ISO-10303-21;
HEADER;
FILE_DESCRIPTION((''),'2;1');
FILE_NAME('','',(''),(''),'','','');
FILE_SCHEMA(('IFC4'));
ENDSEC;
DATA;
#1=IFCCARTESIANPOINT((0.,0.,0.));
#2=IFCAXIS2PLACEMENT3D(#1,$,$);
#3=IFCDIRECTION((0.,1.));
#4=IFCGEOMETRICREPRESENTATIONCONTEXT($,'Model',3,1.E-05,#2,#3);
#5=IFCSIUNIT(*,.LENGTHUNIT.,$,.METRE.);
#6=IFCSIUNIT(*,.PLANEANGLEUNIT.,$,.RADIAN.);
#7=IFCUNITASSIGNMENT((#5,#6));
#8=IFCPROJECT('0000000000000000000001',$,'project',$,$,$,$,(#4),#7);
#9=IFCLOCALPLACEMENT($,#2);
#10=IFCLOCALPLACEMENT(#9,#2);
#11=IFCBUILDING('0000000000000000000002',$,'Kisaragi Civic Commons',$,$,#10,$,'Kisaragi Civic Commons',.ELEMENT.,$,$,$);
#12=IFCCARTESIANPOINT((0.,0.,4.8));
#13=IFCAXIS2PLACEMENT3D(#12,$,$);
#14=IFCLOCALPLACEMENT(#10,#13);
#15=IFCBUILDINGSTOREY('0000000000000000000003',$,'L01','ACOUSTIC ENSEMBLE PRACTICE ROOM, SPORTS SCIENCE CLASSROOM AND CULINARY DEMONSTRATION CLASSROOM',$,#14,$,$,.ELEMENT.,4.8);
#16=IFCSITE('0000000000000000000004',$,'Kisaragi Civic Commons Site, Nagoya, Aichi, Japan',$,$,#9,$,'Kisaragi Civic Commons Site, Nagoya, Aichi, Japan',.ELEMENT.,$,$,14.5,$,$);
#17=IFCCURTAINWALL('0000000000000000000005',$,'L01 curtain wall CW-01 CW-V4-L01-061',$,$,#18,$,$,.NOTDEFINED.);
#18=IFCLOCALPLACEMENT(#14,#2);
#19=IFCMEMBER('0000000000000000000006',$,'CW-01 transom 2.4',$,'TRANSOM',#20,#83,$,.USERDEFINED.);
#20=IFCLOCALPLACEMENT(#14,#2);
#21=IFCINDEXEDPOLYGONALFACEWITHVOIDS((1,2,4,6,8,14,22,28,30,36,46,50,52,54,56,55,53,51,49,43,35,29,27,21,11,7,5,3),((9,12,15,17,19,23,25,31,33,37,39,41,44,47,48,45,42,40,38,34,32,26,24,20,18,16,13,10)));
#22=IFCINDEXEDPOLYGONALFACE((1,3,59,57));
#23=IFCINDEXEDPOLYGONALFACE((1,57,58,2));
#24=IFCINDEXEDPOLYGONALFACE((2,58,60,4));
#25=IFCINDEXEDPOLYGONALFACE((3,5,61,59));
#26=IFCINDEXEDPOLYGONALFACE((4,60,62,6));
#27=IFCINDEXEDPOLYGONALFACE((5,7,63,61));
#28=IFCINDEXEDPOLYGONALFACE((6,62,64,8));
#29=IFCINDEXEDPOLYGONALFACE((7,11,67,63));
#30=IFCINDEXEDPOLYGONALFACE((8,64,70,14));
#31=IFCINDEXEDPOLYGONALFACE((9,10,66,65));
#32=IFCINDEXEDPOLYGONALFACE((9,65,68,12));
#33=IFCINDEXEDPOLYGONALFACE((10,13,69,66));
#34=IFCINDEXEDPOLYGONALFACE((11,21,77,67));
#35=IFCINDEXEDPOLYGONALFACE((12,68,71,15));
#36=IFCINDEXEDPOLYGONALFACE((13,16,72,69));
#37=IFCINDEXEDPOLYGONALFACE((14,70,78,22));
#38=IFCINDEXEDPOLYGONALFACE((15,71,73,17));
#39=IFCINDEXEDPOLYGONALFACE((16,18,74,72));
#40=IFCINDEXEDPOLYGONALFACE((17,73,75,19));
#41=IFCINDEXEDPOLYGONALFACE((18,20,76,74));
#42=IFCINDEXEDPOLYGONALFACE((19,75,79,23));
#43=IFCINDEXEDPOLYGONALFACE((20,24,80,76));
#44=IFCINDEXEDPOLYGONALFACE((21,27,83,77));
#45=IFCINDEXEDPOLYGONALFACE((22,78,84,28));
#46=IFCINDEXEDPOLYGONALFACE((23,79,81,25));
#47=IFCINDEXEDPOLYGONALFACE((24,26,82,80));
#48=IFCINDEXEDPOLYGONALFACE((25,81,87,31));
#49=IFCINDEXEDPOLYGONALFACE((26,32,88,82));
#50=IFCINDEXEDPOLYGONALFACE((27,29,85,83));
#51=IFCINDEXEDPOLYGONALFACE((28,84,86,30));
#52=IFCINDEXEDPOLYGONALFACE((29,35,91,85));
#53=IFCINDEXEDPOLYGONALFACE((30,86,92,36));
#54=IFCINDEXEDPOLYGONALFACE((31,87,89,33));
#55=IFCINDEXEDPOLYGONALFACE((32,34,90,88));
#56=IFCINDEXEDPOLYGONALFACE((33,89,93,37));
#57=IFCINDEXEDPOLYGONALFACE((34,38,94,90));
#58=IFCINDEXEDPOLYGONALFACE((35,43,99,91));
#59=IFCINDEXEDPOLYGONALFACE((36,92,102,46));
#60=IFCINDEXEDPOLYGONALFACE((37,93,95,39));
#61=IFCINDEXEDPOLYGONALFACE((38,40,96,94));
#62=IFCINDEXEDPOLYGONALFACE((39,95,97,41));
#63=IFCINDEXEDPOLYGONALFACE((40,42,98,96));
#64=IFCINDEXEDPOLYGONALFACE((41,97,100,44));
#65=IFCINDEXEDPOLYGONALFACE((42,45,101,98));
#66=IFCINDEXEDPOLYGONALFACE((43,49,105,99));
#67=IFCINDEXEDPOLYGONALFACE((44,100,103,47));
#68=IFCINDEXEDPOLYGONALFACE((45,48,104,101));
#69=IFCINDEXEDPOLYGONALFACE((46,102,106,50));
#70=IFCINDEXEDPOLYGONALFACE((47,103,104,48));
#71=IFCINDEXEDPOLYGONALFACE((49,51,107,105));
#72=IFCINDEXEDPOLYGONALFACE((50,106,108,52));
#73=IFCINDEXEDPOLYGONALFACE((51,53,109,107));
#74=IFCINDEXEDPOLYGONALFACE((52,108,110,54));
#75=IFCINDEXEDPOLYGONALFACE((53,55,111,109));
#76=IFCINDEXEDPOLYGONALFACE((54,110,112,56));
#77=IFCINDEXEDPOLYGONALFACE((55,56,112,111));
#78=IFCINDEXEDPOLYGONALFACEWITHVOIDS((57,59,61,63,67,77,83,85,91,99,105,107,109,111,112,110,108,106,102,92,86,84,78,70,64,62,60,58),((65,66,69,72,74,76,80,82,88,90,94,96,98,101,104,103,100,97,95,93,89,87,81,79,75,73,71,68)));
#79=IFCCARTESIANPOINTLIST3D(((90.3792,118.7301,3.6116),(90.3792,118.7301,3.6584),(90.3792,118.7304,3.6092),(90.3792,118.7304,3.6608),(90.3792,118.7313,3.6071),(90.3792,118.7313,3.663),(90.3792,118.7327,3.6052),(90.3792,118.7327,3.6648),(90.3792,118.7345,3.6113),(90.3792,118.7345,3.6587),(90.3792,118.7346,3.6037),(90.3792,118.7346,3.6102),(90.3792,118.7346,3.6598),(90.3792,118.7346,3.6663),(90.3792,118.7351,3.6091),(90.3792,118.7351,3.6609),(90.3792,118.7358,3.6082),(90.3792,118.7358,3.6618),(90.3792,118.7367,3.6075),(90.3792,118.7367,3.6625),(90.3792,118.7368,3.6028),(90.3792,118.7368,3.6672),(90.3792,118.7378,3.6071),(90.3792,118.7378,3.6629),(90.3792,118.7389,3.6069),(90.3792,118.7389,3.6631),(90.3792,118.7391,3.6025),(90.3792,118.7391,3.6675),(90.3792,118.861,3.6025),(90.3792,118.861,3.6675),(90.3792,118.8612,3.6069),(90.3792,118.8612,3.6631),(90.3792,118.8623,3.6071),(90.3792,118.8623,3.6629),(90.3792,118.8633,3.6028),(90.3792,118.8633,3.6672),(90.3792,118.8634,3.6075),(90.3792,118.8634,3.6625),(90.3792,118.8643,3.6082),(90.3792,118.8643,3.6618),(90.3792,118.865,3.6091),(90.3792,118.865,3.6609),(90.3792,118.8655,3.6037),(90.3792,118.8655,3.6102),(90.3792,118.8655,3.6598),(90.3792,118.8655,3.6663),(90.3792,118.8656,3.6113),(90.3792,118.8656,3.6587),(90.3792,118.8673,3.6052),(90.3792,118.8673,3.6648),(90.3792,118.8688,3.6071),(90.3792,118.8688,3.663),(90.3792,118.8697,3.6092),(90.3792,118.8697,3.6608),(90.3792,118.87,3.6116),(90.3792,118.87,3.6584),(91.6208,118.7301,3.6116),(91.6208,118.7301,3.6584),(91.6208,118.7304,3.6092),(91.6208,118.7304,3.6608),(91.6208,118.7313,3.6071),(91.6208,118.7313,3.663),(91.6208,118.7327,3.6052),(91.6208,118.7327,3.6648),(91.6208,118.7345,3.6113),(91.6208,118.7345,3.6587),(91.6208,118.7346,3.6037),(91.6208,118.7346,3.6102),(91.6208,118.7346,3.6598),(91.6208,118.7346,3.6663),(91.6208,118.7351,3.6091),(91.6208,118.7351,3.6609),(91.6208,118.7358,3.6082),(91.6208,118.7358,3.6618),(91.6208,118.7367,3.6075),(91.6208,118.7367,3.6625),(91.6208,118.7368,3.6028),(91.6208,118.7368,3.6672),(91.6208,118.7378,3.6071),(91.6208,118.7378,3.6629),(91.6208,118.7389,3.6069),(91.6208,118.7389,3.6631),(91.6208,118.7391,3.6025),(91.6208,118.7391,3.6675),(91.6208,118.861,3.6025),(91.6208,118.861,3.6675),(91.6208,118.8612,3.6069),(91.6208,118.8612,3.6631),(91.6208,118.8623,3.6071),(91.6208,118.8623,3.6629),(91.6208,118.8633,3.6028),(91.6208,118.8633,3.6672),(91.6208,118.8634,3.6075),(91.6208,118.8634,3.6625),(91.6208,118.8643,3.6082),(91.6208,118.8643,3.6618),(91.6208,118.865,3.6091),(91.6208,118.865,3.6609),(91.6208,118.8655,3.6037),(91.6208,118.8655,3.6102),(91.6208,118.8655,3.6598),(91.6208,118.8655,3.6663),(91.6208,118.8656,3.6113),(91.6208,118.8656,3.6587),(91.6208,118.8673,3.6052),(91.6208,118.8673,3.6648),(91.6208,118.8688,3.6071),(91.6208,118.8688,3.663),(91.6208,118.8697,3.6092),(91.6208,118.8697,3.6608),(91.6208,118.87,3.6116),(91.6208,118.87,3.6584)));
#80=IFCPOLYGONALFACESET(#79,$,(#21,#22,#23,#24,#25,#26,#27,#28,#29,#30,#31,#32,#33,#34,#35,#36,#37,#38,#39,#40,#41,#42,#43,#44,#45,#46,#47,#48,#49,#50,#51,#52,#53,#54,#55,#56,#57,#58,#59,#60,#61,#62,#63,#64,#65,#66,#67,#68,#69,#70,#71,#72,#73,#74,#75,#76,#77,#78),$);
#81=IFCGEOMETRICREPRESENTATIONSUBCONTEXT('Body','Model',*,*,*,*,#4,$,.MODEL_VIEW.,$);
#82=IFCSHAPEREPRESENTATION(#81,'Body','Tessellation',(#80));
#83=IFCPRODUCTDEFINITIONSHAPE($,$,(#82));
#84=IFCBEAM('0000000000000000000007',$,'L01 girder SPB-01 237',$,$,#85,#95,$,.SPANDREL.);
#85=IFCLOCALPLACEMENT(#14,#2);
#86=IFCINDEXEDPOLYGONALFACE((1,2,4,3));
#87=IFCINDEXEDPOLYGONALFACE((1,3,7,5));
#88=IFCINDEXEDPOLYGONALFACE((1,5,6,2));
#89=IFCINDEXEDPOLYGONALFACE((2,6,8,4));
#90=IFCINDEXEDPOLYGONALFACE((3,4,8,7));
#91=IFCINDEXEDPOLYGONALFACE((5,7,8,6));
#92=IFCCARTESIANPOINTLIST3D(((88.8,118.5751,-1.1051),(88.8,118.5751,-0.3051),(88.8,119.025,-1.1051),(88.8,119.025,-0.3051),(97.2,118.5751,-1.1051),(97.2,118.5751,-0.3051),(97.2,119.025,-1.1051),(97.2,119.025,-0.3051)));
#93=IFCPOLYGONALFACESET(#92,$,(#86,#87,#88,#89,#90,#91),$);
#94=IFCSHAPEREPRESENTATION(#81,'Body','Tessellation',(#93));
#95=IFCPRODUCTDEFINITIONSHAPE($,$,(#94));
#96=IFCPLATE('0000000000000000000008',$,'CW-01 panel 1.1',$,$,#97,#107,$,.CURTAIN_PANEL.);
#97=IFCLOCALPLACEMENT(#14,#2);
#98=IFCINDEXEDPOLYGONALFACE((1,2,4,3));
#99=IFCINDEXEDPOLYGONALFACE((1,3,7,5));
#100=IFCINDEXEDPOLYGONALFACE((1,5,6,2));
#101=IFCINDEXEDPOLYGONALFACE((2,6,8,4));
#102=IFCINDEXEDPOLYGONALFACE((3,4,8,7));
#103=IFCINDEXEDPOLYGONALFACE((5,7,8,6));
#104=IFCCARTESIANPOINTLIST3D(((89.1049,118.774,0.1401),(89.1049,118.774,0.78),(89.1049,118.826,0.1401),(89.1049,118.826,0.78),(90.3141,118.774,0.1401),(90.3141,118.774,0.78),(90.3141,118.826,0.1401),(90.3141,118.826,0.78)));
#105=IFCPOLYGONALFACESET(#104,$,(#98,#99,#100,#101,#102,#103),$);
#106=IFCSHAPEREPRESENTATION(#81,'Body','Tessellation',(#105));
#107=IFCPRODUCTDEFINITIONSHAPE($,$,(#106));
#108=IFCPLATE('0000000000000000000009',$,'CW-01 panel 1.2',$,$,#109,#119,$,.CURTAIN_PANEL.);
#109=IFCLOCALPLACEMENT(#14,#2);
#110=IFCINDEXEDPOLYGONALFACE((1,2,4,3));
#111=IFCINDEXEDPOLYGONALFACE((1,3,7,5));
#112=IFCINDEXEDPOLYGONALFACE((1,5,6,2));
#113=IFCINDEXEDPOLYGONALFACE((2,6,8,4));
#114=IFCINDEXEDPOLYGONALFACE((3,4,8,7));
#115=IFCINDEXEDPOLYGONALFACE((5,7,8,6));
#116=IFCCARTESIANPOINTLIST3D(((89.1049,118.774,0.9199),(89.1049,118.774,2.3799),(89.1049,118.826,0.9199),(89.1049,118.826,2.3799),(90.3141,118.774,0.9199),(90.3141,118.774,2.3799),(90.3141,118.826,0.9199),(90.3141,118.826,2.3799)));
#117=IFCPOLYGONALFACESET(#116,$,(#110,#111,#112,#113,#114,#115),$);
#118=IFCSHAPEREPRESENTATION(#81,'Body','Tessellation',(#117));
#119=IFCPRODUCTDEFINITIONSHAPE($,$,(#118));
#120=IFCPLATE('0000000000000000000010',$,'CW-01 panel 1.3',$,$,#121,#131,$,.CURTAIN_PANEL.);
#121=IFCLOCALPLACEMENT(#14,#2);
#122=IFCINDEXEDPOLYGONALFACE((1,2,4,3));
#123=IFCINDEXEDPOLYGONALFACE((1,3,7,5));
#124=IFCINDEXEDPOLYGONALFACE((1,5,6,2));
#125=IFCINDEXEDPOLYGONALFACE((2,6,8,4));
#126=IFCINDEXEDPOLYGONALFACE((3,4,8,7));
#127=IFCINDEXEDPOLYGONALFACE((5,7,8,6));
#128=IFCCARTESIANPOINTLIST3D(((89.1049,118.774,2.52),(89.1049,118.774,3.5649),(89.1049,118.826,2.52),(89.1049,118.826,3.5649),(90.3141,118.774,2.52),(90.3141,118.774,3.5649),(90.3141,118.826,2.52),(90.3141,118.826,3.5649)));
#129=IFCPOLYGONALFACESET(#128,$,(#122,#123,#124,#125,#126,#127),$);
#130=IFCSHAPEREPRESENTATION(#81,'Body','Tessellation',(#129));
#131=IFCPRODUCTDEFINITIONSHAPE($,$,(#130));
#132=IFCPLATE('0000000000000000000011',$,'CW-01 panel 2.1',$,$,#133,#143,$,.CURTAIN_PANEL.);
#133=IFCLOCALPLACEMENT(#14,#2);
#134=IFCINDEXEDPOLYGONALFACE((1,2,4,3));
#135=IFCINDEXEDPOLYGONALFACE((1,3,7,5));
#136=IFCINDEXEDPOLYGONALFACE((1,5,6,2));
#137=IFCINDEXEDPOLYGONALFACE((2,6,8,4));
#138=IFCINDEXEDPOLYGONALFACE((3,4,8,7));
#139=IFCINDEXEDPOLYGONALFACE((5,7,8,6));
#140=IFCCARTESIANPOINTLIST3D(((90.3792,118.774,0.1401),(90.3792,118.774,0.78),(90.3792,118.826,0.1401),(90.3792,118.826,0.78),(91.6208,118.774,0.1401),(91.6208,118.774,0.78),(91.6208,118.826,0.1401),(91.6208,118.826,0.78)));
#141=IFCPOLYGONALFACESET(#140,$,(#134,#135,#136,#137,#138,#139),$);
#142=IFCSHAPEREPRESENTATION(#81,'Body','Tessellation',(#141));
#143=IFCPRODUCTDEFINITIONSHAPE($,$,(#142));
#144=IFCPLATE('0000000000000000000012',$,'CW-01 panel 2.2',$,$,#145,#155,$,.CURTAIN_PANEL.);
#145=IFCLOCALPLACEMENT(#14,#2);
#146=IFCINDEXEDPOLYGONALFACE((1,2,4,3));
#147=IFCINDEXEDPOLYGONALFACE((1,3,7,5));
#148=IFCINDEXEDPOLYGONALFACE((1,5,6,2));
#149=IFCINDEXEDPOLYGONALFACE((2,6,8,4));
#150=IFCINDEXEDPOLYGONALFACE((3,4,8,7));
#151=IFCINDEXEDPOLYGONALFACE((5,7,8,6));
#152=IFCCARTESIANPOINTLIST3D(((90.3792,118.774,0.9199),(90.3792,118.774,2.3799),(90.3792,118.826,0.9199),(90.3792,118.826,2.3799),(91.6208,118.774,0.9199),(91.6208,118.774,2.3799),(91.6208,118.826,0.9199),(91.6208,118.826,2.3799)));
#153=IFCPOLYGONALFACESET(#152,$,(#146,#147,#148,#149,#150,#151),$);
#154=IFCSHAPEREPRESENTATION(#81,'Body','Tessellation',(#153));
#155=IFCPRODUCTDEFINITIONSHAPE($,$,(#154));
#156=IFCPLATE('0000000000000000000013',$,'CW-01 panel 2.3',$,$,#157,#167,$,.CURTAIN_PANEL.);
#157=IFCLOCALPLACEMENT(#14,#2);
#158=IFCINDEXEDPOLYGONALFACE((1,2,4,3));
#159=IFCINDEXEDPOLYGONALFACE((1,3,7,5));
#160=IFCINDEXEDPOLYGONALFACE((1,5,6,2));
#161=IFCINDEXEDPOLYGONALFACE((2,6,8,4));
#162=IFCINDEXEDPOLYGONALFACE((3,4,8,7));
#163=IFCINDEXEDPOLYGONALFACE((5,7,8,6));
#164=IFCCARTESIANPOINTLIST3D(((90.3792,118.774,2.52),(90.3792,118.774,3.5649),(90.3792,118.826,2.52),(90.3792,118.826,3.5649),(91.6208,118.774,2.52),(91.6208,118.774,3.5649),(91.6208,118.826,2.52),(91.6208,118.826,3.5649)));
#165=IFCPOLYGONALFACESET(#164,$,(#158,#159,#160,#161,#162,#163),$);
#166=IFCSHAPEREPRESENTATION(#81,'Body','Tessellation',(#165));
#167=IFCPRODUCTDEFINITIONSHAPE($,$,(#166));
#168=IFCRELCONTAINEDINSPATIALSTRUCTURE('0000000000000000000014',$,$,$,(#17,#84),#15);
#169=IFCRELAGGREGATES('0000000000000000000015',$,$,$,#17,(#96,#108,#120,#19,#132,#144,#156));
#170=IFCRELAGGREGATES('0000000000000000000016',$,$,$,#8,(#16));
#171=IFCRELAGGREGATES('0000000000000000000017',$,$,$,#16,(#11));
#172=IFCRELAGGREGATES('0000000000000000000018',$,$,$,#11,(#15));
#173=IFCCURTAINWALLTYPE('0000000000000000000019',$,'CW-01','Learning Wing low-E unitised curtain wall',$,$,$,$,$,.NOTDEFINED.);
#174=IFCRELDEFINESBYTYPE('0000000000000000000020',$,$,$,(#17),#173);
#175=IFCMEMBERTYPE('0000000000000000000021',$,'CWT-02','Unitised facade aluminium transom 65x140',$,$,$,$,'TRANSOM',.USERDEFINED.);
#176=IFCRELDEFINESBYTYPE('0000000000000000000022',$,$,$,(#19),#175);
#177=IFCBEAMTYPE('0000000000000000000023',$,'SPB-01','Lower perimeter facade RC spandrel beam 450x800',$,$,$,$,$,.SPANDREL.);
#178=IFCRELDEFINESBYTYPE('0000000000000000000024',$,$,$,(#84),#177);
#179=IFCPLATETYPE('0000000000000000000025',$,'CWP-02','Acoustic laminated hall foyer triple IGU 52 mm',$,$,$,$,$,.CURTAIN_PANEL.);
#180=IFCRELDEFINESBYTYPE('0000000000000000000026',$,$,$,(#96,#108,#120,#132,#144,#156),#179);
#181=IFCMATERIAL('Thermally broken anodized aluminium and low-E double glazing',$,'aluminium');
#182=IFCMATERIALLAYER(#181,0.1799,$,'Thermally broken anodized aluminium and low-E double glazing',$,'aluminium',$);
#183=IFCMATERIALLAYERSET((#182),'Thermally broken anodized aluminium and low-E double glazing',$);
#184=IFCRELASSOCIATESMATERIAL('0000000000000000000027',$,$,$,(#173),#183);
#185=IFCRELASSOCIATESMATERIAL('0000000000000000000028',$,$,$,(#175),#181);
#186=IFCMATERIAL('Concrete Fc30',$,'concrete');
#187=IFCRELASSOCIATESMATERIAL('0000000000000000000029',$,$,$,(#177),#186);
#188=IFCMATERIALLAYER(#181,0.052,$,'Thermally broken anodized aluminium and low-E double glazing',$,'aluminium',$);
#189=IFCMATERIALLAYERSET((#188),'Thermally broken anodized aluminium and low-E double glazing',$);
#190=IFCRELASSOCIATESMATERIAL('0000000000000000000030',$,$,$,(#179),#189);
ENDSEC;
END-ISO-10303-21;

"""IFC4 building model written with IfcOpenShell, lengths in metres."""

from ifc_helpers import new_model, si_unit, direction, frame, origin, origin_2d, place, context, subcontext, project, spatial, rectangle, hollow_rectangle, extrude, material, layer, layer_set, material_profile, profile_set, type_object, element, aggregate, save


model = new_model("IFC4")

# Units and contexts
model_context = context("Model", 3, precision=1e-05, world=origin(), true_north=direction((0.0, 1.0)))
body_context = subcontext(model_context, "Body", "Model", "MODEL_VIEW")
ifc_project = project(units=[si_unit("LENGTHUNIT", "METRE"), si_unit("PLANEANGLEUNIT", "RADIAN")], contexts=[model_context])

# Site, building, storey
site_placement = place(None, origin())
site = spatial("IfcSite", under=ifc_project, at=site_placement, Name="Kisaragi Civic Commons Site, Nagoya, Aichi, Japan", LongName="Kisaragi Civic Commons Site, Nagoya, Aichi, Japan", CompositionType="ELEMENT", RefElevation=14.5)
building_placement = place(site_placement, origin())
building = spatial("IfcBuilding", under=site, at=building_placement, Name="Kisaragi Civic Commons", LongName="Kisaragi Civic Commons", CompositionType="ELEMENT")
storey_placement = place(building_placement, frame((0.0, 0.0, 4.8)))
storey = spatial("IfcBuildingStorey", under=building, at=storey_placement, Name="L01", Description="ACOUSTIC ENSEMBLE PRACTICE ROOM, SPORTS SCIENCE CLASSROOM AND CULINARY DEMONSTRATION CLASSROOM", CompositionType="ELEMENT", Elevation=4.8)

# Curtain wall, member
ifc_material_1 = material(Name="Thermally broken anodized aluminium and low-E double glazing", Category="aluminium")
ifc_layer_1 = layer(ifc_material_1, 0.1799, Name="Thermally broken anodized aluminium and low-E double glazing", Category="aluminium")
ifc_layer_set_1 = layer_set([ifc_layer_1], Name="Thermally broken anodized aluminium and low-E double glazing")
curtain_wall_type = type_object("IfcCurtainWallType", Name="CW-01", Description="Learning Wing low-E unitised curtain wall", PredefinedType="NOTDEFINED", material=ifc_layer_set_1)
curtain_wall_placement = place(storey_placement, origin())
curtain_wall = element("IfcCurtainWall", 1, at=curtain_wall_placement, inside=storey, type_object=curtain_wall_type, Name="L01 curtain wall CW-01 CW-V4-L01-061", PredefinedType="NOTDEFINED")
ifc_material_profile_1 = material_profile(ifc_material_1, hollow_rectangle(XDim=0.1399, YDim=0.0649, WallThickness=0.0044, InnerFilletRadius=0.0044, OuterFilletRadius=0.009, at=origin_2d()), Name="CWT-65x140x4.5", Category="aluminium")
ifc_profile_set_1 = profile_set([ifc_material_profile_1], Name="Thermally broken anodized aluminium and low-E double glazing")
member_type_1 = type_object("IfcMemberType", Name="CWT-02", Description="Unitised facade aluminium transom 65x140", ElementType="TRANSOM", PredefinedType="USERDEFINED", material=ifc_profile_set_1)
member_1_placement = place(storey_placement, frame((90.3792, 118.8, 3.635), z_axis=(1.0, 0.0, 0.0), x_axis=(0.0, 1.0, 0.0)))
member_1 = element("IfcMember", 2, at=member_1_placement, type_object=member_type_1, Name="CW-01 transom 2.4", ObjectType="TRANSOM", PredefinedType="USERDEFINED", context=body_context, shape_type="SweptSolid", body=[
    extrude(hollow_rectangle(XDim=0.1399, YDim=0.0649, WallThickness=0.0044, InnerFilletRadius=0.0044, OuterFilletRadius=0.009, at=origin_2d()), origin(), (0.0, 0.0, 1.0), 1.2417),
])

# Beam
ifc_material_2 = material(Name="Concrete Fc30", Category="concrete")
ifc_material_profile_2 = material_profile(ifc_material_2, rectangle(XDim=0.45, YDim=0.8, at=origin_2d()), Name="RC-450x800", Category="concrete")
ifc_profile_set_2 = profile_set([ifc_material_profile_2], Name="Concrete Fc30")
beam_type = type_object("IfcBeamType", Name="SPB-01", Description="Lower perimeter facade RC spandrel beam 450x800", PredefinedType="SPANDREL", material=ifc_profile_set_2)
beam_placement = place(storey_placement, frame((88.8, 118.8, -0.7051), z_axis=(1.0, 0.0, 0.0), x_axis=(0.0, 1.0, 0.0)))
element("IfcBeam", 3, at=beam_placement, inside=storey, type_object=beam_type, Name="L01 girder SPB-01 237", PredefinedType="SPANDREL", context=body_context, shape_type="SweptSolid", body=[
    extrude(rectangle(XDim=0.45, YDim=0.8, at=origin_2d()), origin(), (0.0, 0.0, 1.0), 8.3999),
])

# Plates
ifc_layer_2 = layer(ifc_material_1, 0.052, Name="Thermally broken anodized aluminium and low-E double glazing", Category="aluminium")
ifc_layer_set_2 = layer_set([ifc_layer_2], Name="Thermally broken anodized aluminium and low-E double glazing")
plate_type = type_object("IfcPlateType", Name="CWP-02", Description="Acoustic laminated hall foyer triple IGU 52 mm", PredefinedType="CURTAIN_PANEL", material=ifc_layer_set_2)
plate_1_placement = place(storey_placement, frame((89.7095, 118.8, 0.1401), z_axis=(0.0, 0.0, 1.0), x_axis=(1.0, 0.0, 0.0)))
plate_1 = element("IfcPlate", 4, at=plate_1_placement, type_object=plate_type, Name="CW-01 panel 1.1", PredefinedType="CURTAIN_PANEL", context=body_context, shape_type="SweptSolid", body=[
    extrude(rectangle(XDim=1.2092, YDim=0.052, at=origin_2d()), origin(), (0.0, 0.0, 1.0), 0.6399),
])
plate_2_placement = place(storey_placement, frame((89.7095, 118.8, 0.9199), z_axis=(0.0, 0.0, 1.0), x_axis=(1.0, 0.0, 0.0)))
plate_2 = element("IfcPlate", 5, at=plate_2_placement, type_object=plate_type, Name="CW-01 panel 1.2", PredefinedType="CURTAIN_PANEL", context=body_context, shape_type="SweptSolid", body=[
    extrude(rectangle(XDim=1.2092, YDim=0.052, at=origin_2d()), origin(), (0.0, 0.0, 1.0), 1.46),
])
plate_3_placement = place(storey_placement, frame((89.7095, 118.8, 2.52), z_axis=(0.0, 0.0, 1.0), x_axis=(1.0, 0.0, 0.0)))
plate_3 = element("IfcPlate", 6, at=plate_3_placement, type_object=plate_type, Name="CW-01 panel 1.3", PredefinedType="CURTAIN_PANEL", context=body_context, shape_type="SweptSolid", body=[
    extrude(rectangle(XDim=1.2092, YDim=0.052, at=origin_2d()), origin(), (0.0, 0.0, 1.0), 1.0449),
])
plate_4_placement = place(storey_placement, frame((91.0, 118.8, 0.1401), z_axis=(0.0, 0.0, 1.0), x_axis=(1.0, 0.0, 0.0)))
plate_4 = element("IfcPlate", 7, at=plate_4_placement, type_object=plate_type, Name="CW-01 panel 2.1", PredefinedType="CURTAIN_PANEL", context=body_context, shape_type="SweptSolid", body=[
    extrude(rectangle(XDim=1.2417, YDim=0.052, at=origin_2d()), origin(), (0.0, 0.0, 1.0), 0.6399),
])
plate_5_placement = place(storey_placement, frame((91.0, 118.8, 0.9199), z_axis=(0.0, 0.0, 1.0), x_axis=(1.0, 0.0, 0.0)))
plate_5 = element("IfcPlate", 8, at=plate_5_placement, type_object=plate_type, Name="CW-01 panel 2.2", PredefinedType="CURTAIN_PANEL", context=body_context, shape_type="SweptSolid", body=[
    extrude(rectangle(XDim=1.2417, YDim=0.052, at=origin_2d()), origin(), (0.0, 0.0, 1.0), 1.46),
])
plate_6_placement = place(storey_placement, frame((91.0, 118.8, 2.52), z_axis=(0.0, 0.0, 1.0), x_axis=(1.0, 0.0, 0.0)))
plate_6 = element("IfcPlate", 9, at=plate_6_placement, type_object=plate_type, Name="CW-01 panel 2.3", PredefinedType="CURTAIN_PANEL", context=body_context, shape_type="SweptSolid", body=[
    extrude(rectangle(XDim=1.2417, YDim=0.052, at=origin_2d()), origin(), (0.0, 0.0, 1.0), 1.0449),
])
aggregate(curtain_wall, [plate_1, plate_2, plate_3, member_1, plate_4, plate_5, plate_6])

save(model, "model.ifc")
